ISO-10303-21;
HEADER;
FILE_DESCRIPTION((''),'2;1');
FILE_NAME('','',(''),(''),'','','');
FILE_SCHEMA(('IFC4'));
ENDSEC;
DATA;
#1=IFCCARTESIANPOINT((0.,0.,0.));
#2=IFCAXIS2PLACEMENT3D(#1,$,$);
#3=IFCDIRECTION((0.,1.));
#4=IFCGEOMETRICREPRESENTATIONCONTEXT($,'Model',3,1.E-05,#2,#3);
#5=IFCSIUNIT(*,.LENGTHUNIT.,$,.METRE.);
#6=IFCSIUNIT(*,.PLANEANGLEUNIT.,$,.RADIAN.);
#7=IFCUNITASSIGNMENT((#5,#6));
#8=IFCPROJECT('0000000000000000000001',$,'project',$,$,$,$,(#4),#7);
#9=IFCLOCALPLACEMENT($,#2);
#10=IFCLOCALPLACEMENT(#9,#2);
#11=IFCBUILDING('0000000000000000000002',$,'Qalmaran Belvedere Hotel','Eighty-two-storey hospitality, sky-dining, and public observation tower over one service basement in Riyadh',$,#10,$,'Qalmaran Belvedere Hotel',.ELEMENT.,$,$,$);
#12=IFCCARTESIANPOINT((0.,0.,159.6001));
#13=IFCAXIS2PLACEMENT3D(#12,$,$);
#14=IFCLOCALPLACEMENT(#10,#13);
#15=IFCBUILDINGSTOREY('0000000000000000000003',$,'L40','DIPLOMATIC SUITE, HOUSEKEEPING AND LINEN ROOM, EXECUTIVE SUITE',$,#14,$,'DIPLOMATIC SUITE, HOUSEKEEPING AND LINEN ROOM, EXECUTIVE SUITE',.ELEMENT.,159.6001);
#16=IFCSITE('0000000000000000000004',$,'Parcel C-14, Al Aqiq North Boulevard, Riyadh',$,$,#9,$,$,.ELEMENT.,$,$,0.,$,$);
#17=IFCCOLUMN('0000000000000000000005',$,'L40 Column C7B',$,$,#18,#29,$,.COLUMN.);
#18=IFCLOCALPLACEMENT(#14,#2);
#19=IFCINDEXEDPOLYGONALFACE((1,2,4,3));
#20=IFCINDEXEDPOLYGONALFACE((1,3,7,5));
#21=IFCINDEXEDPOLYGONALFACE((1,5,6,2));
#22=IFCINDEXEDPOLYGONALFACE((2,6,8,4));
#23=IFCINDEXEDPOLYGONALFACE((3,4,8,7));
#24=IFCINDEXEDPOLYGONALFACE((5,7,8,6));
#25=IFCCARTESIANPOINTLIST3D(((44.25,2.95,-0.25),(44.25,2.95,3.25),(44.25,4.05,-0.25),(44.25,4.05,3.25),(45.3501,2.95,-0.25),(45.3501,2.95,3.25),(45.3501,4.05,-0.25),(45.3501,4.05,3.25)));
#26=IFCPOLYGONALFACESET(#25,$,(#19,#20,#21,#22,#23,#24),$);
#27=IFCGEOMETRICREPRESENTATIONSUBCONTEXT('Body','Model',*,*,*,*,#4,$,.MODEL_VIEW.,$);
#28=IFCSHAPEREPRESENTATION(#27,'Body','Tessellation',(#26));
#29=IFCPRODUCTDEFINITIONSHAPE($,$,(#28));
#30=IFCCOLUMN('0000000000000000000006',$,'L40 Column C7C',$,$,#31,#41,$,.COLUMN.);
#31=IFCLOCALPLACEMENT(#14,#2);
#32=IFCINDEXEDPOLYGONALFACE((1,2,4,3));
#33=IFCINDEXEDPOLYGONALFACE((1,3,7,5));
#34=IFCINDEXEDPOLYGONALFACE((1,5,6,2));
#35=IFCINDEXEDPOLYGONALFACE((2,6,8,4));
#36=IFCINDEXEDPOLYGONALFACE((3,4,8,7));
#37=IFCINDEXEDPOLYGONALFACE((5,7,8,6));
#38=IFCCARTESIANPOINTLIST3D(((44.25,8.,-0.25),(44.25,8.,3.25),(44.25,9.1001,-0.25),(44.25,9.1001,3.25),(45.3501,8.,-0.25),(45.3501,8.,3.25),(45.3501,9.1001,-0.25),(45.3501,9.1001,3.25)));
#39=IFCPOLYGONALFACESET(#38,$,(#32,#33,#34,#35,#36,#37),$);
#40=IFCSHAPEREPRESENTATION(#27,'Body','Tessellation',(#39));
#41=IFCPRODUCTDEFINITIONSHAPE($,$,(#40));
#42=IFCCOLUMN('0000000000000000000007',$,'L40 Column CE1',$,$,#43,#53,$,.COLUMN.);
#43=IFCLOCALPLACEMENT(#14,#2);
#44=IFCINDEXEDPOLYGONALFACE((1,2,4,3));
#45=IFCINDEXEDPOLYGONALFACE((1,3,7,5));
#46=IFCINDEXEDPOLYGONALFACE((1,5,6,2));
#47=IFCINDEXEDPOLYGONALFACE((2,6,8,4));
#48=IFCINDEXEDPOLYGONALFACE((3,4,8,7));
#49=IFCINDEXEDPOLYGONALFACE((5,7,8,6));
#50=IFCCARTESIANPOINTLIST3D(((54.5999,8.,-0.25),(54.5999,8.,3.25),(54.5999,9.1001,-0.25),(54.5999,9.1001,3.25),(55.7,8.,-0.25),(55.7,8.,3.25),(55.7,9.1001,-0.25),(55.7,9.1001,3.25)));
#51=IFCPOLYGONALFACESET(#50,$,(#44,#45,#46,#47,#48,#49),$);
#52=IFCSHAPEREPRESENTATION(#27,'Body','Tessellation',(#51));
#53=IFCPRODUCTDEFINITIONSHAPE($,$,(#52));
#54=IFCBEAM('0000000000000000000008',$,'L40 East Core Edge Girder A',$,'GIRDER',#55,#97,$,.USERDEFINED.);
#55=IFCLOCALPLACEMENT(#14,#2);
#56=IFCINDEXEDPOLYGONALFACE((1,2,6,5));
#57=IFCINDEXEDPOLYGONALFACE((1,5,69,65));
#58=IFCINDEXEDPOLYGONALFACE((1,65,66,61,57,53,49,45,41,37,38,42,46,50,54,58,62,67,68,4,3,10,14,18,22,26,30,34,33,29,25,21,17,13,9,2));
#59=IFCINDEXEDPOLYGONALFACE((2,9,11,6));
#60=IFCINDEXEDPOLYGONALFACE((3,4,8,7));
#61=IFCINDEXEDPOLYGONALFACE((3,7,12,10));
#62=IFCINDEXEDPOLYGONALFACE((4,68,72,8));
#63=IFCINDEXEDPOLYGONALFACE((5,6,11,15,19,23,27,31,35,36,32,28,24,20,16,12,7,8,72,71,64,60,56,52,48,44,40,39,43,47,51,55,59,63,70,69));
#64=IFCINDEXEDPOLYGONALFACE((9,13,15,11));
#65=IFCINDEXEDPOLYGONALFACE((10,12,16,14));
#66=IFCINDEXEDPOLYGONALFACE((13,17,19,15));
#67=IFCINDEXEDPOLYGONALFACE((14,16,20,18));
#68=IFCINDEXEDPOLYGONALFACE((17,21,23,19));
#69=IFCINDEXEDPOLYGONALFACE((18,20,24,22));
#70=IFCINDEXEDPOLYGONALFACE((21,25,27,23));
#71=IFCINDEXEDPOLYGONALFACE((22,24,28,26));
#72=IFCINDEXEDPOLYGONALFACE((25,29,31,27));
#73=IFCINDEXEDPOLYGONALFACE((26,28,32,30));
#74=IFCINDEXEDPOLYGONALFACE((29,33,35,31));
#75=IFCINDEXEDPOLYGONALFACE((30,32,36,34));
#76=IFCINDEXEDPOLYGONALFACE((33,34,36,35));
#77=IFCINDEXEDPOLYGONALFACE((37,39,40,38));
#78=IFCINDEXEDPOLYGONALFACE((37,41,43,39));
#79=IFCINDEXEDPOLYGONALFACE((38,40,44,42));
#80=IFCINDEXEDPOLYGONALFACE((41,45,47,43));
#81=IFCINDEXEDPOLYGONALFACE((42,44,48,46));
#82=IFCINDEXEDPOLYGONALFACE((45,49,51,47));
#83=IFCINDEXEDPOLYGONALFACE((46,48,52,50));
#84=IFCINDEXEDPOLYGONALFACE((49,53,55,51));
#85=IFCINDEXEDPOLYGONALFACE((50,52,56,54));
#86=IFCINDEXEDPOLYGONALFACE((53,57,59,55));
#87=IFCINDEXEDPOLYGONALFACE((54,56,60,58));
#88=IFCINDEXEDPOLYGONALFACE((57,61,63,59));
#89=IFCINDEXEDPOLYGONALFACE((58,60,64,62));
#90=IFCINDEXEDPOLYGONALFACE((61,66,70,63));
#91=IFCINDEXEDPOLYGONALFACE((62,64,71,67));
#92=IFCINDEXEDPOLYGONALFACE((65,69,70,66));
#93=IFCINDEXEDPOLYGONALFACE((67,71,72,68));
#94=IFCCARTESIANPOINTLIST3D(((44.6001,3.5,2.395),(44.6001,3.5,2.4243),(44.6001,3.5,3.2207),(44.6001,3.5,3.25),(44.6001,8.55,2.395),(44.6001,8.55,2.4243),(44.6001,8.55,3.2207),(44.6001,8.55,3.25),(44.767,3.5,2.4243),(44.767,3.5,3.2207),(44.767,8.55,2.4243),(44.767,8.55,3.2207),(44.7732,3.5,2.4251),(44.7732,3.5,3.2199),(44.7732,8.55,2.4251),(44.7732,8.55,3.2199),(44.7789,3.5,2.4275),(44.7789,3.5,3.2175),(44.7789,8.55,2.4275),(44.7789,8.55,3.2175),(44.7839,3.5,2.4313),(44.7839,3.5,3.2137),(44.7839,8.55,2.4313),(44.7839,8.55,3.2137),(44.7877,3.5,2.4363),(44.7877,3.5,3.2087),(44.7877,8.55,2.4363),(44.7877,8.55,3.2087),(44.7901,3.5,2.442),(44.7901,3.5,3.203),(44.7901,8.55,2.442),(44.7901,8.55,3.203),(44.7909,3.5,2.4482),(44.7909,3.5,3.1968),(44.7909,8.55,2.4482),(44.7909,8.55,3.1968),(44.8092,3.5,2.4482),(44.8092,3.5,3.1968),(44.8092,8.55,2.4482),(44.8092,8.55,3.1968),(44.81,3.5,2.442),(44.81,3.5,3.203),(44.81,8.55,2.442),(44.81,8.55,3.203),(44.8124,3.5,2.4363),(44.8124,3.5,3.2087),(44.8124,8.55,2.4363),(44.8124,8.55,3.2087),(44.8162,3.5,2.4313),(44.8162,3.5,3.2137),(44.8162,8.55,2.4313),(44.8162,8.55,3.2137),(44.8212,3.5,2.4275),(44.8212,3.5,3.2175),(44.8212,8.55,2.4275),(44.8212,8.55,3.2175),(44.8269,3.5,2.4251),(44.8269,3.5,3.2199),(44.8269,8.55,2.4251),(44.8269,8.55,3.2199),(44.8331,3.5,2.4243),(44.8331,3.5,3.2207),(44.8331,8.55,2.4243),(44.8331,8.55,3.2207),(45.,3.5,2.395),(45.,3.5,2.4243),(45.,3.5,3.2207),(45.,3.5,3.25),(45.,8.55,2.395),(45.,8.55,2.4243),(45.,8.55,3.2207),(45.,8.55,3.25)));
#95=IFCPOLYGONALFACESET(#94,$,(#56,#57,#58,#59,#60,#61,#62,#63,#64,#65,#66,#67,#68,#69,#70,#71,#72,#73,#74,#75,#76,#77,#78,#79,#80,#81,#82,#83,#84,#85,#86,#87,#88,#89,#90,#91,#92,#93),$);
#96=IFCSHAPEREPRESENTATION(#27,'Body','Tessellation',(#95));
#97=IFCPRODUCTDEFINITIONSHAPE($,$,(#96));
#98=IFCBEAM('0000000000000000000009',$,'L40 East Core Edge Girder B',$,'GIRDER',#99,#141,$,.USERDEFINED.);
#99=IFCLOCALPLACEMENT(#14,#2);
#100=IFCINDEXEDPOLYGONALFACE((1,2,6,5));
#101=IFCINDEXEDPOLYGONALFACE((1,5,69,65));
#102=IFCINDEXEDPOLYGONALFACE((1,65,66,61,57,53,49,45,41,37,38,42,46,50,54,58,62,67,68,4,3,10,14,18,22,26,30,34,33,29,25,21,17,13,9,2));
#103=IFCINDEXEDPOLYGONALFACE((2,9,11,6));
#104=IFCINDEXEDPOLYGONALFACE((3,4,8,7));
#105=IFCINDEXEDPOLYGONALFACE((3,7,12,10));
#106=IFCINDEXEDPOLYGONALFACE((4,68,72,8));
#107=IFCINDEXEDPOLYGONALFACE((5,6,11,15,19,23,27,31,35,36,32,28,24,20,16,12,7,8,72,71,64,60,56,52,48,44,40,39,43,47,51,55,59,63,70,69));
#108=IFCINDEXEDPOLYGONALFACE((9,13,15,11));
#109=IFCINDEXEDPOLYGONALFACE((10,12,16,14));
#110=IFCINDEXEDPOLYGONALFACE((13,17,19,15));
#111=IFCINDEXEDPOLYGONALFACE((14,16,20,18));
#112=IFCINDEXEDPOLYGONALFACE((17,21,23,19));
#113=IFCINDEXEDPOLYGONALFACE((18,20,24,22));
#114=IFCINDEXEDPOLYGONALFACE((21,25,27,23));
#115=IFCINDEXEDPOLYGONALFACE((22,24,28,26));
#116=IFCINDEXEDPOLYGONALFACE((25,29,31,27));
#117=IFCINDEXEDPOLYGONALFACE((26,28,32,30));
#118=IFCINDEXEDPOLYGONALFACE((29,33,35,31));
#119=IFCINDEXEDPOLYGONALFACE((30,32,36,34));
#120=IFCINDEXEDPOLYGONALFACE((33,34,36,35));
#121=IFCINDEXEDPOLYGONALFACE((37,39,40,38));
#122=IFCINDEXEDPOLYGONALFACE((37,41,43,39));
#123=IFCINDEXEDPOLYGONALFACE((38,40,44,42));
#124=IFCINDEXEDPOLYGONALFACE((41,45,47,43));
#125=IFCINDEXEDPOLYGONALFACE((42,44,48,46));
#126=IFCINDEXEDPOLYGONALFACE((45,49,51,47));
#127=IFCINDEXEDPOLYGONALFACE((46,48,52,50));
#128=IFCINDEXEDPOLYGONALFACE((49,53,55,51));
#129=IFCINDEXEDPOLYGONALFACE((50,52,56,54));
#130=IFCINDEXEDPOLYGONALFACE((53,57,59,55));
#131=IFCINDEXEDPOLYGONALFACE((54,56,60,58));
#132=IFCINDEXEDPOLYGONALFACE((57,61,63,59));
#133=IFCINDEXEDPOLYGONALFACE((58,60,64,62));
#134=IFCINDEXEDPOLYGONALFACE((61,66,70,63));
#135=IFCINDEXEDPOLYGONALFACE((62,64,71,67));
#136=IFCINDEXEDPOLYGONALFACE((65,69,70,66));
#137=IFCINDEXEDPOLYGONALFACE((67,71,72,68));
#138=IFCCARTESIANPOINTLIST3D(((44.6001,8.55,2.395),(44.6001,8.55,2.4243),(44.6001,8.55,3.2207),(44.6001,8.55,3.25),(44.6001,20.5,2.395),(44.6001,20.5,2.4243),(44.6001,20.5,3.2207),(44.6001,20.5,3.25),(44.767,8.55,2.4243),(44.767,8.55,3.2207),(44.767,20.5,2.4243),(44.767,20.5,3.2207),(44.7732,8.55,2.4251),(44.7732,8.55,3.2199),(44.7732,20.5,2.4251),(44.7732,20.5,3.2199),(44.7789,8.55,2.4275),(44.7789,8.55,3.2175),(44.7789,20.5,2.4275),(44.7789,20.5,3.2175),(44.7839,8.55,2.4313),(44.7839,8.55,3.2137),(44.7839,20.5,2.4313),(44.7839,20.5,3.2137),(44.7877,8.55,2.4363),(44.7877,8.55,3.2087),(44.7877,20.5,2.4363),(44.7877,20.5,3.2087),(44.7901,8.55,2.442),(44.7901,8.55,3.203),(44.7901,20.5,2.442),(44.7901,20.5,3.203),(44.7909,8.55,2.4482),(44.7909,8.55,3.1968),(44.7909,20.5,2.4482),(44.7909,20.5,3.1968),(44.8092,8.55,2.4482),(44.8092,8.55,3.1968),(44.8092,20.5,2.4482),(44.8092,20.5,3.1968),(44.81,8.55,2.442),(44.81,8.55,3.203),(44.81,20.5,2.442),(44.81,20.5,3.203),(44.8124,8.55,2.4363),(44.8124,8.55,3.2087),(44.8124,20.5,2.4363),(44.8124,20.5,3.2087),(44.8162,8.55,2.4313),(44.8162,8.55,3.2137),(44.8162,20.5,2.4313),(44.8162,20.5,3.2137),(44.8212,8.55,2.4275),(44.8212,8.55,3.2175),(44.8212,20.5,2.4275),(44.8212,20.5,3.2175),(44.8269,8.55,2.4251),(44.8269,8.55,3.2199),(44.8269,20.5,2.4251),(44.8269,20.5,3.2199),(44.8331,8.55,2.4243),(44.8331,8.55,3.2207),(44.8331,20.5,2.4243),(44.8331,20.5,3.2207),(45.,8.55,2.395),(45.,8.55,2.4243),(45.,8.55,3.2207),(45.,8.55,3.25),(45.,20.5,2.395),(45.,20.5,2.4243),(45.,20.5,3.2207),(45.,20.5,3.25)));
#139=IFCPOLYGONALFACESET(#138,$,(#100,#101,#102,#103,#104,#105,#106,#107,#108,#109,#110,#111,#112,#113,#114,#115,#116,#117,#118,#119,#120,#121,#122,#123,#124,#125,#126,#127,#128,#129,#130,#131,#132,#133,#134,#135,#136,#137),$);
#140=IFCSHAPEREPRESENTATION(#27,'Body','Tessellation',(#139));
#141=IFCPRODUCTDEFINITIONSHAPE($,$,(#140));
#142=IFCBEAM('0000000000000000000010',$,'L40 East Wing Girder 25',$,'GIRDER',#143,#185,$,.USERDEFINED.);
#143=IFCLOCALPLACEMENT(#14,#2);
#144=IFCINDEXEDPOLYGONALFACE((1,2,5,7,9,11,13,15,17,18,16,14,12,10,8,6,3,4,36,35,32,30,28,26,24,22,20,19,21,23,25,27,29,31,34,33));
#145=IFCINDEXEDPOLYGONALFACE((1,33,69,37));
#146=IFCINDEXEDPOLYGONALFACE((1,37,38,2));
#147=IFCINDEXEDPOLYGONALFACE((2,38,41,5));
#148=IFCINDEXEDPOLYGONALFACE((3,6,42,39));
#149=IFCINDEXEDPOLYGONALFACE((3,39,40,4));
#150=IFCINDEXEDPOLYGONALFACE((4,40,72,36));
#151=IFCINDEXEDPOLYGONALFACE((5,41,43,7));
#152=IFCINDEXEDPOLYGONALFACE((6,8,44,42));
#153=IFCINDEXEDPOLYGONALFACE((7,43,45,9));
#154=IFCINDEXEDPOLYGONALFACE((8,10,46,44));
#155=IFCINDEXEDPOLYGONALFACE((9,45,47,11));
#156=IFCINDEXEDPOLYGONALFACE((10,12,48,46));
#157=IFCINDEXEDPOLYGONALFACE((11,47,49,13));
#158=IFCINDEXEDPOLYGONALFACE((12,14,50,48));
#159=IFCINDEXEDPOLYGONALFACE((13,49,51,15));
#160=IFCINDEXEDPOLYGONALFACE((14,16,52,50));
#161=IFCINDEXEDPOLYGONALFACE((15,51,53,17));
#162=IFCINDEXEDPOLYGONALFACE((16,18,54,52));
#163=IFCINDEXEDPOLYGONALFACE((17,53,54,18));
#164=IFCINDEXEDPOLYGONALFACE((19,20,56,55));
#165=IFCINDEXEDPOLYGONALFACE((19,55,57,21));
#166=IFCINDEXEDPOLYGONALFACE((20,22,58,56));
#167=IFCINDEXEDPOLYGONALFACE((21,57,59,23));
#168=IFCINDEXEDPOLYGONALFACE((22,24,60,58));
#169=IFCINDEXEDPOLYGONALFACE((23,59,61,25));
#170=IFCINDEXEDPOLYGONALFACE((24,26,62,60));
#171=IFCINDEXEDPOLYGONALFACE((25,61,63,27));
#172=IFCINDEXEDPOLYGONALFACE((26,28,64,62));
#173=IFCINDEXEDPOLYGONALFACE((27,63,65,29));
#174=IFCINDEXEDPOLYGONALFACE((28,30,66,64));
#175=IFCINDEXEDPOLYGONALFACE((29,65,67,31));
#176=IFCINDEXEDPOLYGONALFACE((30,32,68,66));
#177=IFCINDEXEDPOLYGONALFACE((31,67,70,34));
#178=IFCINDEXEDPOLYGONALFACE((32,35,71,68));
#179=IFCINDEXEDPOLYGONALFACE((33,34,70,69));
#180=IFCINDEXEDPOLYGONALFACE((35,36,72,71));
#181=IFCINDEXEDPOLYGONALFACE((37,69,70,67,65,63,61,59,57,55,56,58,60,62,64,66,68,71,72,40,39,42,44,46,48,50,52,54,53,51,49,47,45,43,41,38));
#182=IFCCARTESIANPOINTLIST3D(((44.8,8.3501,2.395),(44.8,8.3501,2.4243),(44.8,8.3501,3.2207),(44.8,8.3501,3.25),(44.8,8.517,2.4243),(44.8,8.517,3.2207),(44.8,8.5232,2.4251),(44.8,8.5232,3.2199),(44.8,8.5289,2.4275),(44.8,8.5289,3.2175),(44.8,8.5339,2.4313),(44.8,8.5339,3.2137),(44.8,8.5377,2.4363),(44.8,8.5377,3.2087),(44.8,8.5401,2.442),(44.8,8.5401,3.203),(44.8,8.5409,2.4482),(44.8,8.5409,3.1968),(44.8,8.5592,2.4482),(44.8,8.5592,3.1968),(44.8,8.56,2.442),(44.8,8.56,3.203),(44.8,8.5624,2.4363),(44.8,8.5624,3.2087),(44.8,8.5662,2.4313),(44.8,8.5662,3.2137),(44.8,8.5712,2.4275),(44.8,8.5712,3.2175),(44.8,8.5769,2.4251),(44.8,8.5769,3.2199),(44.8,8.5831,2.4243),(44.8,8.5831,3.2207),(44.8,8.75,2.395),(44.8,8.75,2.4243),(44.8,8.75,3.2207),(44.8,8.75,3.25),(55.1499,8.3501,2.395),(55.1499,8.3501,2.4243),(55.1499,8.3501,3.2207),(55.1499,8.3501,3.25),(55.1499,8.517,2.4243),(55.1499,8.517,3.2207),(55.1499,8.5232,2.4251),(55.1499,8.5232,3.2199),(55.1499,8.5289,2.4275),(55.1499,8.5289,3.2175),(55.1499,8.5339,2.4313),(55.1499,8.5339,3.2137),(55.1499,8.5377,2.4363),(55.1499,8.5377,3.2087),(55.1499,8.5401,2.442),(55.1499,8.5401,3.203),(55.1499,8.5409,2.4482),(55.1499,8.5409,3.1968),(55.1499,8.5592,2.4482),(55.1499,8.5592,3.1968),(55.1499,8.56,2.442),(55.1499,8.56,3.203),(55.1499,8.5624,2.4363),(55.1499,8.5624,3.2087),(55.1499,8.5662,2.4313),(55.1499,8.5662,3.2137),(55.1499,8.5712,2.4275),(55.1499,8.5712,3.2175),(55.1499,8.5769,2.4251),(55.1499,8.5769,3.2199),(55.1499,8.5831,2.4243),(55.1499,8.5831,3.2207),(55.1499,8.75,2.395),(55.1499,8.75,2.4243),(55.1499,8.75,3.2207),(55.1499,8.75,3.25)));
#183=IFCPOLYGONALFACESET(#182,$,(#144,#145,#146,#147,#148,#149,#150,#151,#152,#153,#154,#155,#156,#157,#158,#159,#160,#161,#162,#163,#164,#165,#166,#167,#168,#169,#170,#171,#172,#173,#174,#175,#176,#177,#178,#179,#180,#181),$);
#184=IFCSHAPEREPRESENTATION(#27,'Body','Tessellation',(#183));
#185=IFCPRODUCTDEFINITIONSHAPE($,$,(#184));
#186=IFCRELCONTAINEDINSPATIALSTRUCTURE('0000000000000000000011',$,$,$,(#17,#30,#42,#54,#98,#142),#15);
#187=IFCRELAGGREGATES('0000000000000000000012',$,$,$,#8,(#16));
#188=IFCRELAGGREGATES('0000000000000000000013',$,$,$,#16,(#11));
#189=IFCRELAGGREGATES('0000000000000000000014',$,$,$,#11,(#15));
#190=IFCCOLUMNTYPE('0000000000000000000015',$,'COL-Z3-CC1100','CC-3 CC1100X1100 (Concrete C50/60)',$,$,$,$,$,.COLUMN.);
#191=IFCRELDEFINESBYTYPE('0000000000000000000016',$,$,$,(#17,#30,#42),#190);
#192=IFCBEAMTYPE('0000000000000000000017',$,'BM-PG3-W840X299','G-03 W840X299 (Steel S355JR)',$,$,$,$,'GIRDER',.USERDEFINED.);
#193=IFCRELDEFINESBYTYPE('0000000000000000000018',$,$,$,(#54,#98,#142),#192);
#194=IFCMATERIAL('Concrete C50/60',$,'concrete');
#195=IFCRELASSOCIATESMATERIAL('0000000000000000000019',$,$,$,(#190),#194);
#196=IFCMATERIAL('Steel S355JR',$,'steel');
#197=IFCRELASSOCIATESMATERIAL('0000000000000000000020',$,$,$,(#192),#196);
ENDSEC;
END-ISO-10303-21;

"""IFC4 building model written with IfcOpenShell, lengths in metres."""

from ifc_helpers import new_model, si_unit, direction, frame, origin, origin_2d, place, context, subcontext, project, spatial, rectangle, i_section, extrude, material, material_profile, profile_set, type_object, element, save


model = new_model("IFC4")

# Units and contexts
model_context = context("Model", 3, precision=1e-05, world=origin(), true_north=direction((0.0, 1.0)))
body_context = subcontext(model_context, "Body", "Model", "MODEL_VIEW")
ifc_project = project(units=[si_unit("LENGTHUNIT", "METRE"), si_unit("PLANEANGLEUNIT", "RADIAN")], contexts=[model_context])

# Site, building, storey
site_placement = place(None, origin())
site = spatial("IfcSite", under=ifc_project, at=site_placement, Name="Parcel C-14, Al Aqiq North Boulevard, Riyadh", CompositionType="ELEMENT", RefElevation=0.0)
building_placement = place(site_placement, origin())
building = spatial("IfcBuilding", under=site, at=building_placement, Name="Qalmaran Belvedere Hotel", Description="Eighty-two-storey hospitality, sky-dining, and public observation tower over one service basement in Riyadh", LongName="Qalmaran Belvedere Hotel", CompositionType="ELEMENT")
storey_placement = place(building_placement, frame((0.0, 0.0, 159.6001)))
storey = spatial("IfcBuildingStorey", under=building, at=storey_placement, Name="L40", Description="DIPLOMATIC SUITE, HOUSEKEEPING AND LINEN ROOM, EXECUTIVE SUITE", LongName="DIPLOMATIC SUITE, HOUSEKEEPING AND LINEN ROOM, EXECUTIVE SUITE", CompositionType="ELEMENT", Elevation=159.6001)

# Columns
ifc_material_1 = material(Name="Concrete C50/60", Category="concrete")
ifc_material_profile_1 = material_profile(ifc_material_1, rectangle(XDim=1.1001, YDim=1.1001, at=origin_2d()), Name="CC1100X1100")
ifc_profile_set_1 = profile_set([ifc_material_profile_1], Name="Concrete C50/60")
column_type = type_object("IfcColumnType", Name="COL-Z3-CC1100", Description="CC-3 CC1100X1100 (Concrete C50/60)", PredefinedType="COLUMN", material=ifc_profile_set_1)
for number, where, z_axis, x_axis, name in (
    (1, (44.8, 3.5, -0.25), (0.0, 0.0, 1.0), (1.0, 0.0, 0.0), "L40 Column C7B"),
    (2, (44.8, 8.55, -0.25), (0.0, 0.0, 1.0), (1.0, 0.0, 0.0), "L40 Column C7C"),
    (3, (55.1499, 8.55, -0.25), (0.0, 0.0, 1.0), (1.0, 0.0, 0.0), "L40 Column CE1"),
):
    element("IfcColumn", number, at=place(storey_placement, frame(where, z_axis=z_axis, x_axis=x_axis)), inside=storey, type_object=column_type, Name=name, PredefinedType="COLUMN", context=body_context, shape_type="SweptSolid", body=[
        extrude(rectangle(XDim=1.1001, YDim=1.1001, at=origin_2d()), origin(), (0.0, 0.0, 1.0), 3.5),
    ])

# Beams
ifc_material_2 = material(Name="Steel S355JR", Category="steel")
ifc_material_profile_2 = material_profile(ifc_material_2, i_section(OverallWidth=0.3999, OverallDepth=0.855, WebThickness=0.0183, FlangeThickness=0.0293, FilletRadius=0.0239, at=origin_2d()), Name="W840X299")
ifc_profile_set_2 = profile_set([ifc_material_profile_2], Name="Steel S355JR")
beam_type_1 = type_object("IfcBeamType", Name="BM-PG3-W840X299", Description="G-03 W840X299 (Steel S355JR)", ElementType="GIRDER", PredefinedType="USERDEFINED", material=ifc_profile_set_2)
beam_1_placement = place(storey_placement, frame((44.8, 3.5, 2.8225), z_axis=(0.0, 1.0, 0.0), x_axis=(-1.0, 0.0, 0.0)))
element("IfcBeam", 4, at=beam_1_placement, inside=storey, type_object=beam_type_1, Name="L40 East Core Edge Girder A", ObjectType="GIRDER", PredefinedType="USERDEFINED", context=body_context, shape_type="SweptSolid", body=[
    extrude(i_section(OverallWidth=0.3999, OverallDepth=0.855, WebThickness=0.0183, FlangeThickness=0.0293, FilletRadius=0.0239, at=origin_2d()), origin(), (0.0, 0.0, 1.0), 5.05),
])
beam_2_placement = place(storey_placement, frame((44.8, 8.55, 2.8225), z_axis=(0.0, 1.0, 0.0), x_axis=(-1.0, 0.0, 0.0)))
element("IfcBeam", 5, at=beam_2_placement, inside=storey, type_object=beam_type_1, Name="L40 East Core Edge Girder B", ObjectType="GIRDER", PredefinedType="USERDEFINED", context=body_context, shape_type="SweptSolid", body=[
    extrude(i_section(OverallWidth=0.3999, OverallDepth=0.855, WebThickness=0.0183, FlangeThickness=0.0293, FilletRadius=0.0239, at=origin_2d()), origin(), (0.0, 0.0, 1.0), 11.95),
])
beam_3_placement = place(storey_placement, frame((44.8, 8.55, 2.8225), z_axis=(1.0, 0.0, 0.0), x_axis=(0.0, 1.0, 0.0)))
element("IfcBeam", 6, at=beam_3_placement, inside=storey, type_object=beam_type_1, Name="L40 East Wing Girder 25", ObjectType="GIRDER", PredefinedType="USERDEFINED", context=body_context, shape_type="SweptSolid", body=[
    extrude(i_section(OverallWidth=0.3999, OverallDepth=0.855, WebThickness=0.0183, FlangeThickness=0.0293, FilletRadius=0.0239, at=origin_2d()), origin(), (0.0, 0.0, 1.0), 10.3499),
])

save(model, "model.ifc")
